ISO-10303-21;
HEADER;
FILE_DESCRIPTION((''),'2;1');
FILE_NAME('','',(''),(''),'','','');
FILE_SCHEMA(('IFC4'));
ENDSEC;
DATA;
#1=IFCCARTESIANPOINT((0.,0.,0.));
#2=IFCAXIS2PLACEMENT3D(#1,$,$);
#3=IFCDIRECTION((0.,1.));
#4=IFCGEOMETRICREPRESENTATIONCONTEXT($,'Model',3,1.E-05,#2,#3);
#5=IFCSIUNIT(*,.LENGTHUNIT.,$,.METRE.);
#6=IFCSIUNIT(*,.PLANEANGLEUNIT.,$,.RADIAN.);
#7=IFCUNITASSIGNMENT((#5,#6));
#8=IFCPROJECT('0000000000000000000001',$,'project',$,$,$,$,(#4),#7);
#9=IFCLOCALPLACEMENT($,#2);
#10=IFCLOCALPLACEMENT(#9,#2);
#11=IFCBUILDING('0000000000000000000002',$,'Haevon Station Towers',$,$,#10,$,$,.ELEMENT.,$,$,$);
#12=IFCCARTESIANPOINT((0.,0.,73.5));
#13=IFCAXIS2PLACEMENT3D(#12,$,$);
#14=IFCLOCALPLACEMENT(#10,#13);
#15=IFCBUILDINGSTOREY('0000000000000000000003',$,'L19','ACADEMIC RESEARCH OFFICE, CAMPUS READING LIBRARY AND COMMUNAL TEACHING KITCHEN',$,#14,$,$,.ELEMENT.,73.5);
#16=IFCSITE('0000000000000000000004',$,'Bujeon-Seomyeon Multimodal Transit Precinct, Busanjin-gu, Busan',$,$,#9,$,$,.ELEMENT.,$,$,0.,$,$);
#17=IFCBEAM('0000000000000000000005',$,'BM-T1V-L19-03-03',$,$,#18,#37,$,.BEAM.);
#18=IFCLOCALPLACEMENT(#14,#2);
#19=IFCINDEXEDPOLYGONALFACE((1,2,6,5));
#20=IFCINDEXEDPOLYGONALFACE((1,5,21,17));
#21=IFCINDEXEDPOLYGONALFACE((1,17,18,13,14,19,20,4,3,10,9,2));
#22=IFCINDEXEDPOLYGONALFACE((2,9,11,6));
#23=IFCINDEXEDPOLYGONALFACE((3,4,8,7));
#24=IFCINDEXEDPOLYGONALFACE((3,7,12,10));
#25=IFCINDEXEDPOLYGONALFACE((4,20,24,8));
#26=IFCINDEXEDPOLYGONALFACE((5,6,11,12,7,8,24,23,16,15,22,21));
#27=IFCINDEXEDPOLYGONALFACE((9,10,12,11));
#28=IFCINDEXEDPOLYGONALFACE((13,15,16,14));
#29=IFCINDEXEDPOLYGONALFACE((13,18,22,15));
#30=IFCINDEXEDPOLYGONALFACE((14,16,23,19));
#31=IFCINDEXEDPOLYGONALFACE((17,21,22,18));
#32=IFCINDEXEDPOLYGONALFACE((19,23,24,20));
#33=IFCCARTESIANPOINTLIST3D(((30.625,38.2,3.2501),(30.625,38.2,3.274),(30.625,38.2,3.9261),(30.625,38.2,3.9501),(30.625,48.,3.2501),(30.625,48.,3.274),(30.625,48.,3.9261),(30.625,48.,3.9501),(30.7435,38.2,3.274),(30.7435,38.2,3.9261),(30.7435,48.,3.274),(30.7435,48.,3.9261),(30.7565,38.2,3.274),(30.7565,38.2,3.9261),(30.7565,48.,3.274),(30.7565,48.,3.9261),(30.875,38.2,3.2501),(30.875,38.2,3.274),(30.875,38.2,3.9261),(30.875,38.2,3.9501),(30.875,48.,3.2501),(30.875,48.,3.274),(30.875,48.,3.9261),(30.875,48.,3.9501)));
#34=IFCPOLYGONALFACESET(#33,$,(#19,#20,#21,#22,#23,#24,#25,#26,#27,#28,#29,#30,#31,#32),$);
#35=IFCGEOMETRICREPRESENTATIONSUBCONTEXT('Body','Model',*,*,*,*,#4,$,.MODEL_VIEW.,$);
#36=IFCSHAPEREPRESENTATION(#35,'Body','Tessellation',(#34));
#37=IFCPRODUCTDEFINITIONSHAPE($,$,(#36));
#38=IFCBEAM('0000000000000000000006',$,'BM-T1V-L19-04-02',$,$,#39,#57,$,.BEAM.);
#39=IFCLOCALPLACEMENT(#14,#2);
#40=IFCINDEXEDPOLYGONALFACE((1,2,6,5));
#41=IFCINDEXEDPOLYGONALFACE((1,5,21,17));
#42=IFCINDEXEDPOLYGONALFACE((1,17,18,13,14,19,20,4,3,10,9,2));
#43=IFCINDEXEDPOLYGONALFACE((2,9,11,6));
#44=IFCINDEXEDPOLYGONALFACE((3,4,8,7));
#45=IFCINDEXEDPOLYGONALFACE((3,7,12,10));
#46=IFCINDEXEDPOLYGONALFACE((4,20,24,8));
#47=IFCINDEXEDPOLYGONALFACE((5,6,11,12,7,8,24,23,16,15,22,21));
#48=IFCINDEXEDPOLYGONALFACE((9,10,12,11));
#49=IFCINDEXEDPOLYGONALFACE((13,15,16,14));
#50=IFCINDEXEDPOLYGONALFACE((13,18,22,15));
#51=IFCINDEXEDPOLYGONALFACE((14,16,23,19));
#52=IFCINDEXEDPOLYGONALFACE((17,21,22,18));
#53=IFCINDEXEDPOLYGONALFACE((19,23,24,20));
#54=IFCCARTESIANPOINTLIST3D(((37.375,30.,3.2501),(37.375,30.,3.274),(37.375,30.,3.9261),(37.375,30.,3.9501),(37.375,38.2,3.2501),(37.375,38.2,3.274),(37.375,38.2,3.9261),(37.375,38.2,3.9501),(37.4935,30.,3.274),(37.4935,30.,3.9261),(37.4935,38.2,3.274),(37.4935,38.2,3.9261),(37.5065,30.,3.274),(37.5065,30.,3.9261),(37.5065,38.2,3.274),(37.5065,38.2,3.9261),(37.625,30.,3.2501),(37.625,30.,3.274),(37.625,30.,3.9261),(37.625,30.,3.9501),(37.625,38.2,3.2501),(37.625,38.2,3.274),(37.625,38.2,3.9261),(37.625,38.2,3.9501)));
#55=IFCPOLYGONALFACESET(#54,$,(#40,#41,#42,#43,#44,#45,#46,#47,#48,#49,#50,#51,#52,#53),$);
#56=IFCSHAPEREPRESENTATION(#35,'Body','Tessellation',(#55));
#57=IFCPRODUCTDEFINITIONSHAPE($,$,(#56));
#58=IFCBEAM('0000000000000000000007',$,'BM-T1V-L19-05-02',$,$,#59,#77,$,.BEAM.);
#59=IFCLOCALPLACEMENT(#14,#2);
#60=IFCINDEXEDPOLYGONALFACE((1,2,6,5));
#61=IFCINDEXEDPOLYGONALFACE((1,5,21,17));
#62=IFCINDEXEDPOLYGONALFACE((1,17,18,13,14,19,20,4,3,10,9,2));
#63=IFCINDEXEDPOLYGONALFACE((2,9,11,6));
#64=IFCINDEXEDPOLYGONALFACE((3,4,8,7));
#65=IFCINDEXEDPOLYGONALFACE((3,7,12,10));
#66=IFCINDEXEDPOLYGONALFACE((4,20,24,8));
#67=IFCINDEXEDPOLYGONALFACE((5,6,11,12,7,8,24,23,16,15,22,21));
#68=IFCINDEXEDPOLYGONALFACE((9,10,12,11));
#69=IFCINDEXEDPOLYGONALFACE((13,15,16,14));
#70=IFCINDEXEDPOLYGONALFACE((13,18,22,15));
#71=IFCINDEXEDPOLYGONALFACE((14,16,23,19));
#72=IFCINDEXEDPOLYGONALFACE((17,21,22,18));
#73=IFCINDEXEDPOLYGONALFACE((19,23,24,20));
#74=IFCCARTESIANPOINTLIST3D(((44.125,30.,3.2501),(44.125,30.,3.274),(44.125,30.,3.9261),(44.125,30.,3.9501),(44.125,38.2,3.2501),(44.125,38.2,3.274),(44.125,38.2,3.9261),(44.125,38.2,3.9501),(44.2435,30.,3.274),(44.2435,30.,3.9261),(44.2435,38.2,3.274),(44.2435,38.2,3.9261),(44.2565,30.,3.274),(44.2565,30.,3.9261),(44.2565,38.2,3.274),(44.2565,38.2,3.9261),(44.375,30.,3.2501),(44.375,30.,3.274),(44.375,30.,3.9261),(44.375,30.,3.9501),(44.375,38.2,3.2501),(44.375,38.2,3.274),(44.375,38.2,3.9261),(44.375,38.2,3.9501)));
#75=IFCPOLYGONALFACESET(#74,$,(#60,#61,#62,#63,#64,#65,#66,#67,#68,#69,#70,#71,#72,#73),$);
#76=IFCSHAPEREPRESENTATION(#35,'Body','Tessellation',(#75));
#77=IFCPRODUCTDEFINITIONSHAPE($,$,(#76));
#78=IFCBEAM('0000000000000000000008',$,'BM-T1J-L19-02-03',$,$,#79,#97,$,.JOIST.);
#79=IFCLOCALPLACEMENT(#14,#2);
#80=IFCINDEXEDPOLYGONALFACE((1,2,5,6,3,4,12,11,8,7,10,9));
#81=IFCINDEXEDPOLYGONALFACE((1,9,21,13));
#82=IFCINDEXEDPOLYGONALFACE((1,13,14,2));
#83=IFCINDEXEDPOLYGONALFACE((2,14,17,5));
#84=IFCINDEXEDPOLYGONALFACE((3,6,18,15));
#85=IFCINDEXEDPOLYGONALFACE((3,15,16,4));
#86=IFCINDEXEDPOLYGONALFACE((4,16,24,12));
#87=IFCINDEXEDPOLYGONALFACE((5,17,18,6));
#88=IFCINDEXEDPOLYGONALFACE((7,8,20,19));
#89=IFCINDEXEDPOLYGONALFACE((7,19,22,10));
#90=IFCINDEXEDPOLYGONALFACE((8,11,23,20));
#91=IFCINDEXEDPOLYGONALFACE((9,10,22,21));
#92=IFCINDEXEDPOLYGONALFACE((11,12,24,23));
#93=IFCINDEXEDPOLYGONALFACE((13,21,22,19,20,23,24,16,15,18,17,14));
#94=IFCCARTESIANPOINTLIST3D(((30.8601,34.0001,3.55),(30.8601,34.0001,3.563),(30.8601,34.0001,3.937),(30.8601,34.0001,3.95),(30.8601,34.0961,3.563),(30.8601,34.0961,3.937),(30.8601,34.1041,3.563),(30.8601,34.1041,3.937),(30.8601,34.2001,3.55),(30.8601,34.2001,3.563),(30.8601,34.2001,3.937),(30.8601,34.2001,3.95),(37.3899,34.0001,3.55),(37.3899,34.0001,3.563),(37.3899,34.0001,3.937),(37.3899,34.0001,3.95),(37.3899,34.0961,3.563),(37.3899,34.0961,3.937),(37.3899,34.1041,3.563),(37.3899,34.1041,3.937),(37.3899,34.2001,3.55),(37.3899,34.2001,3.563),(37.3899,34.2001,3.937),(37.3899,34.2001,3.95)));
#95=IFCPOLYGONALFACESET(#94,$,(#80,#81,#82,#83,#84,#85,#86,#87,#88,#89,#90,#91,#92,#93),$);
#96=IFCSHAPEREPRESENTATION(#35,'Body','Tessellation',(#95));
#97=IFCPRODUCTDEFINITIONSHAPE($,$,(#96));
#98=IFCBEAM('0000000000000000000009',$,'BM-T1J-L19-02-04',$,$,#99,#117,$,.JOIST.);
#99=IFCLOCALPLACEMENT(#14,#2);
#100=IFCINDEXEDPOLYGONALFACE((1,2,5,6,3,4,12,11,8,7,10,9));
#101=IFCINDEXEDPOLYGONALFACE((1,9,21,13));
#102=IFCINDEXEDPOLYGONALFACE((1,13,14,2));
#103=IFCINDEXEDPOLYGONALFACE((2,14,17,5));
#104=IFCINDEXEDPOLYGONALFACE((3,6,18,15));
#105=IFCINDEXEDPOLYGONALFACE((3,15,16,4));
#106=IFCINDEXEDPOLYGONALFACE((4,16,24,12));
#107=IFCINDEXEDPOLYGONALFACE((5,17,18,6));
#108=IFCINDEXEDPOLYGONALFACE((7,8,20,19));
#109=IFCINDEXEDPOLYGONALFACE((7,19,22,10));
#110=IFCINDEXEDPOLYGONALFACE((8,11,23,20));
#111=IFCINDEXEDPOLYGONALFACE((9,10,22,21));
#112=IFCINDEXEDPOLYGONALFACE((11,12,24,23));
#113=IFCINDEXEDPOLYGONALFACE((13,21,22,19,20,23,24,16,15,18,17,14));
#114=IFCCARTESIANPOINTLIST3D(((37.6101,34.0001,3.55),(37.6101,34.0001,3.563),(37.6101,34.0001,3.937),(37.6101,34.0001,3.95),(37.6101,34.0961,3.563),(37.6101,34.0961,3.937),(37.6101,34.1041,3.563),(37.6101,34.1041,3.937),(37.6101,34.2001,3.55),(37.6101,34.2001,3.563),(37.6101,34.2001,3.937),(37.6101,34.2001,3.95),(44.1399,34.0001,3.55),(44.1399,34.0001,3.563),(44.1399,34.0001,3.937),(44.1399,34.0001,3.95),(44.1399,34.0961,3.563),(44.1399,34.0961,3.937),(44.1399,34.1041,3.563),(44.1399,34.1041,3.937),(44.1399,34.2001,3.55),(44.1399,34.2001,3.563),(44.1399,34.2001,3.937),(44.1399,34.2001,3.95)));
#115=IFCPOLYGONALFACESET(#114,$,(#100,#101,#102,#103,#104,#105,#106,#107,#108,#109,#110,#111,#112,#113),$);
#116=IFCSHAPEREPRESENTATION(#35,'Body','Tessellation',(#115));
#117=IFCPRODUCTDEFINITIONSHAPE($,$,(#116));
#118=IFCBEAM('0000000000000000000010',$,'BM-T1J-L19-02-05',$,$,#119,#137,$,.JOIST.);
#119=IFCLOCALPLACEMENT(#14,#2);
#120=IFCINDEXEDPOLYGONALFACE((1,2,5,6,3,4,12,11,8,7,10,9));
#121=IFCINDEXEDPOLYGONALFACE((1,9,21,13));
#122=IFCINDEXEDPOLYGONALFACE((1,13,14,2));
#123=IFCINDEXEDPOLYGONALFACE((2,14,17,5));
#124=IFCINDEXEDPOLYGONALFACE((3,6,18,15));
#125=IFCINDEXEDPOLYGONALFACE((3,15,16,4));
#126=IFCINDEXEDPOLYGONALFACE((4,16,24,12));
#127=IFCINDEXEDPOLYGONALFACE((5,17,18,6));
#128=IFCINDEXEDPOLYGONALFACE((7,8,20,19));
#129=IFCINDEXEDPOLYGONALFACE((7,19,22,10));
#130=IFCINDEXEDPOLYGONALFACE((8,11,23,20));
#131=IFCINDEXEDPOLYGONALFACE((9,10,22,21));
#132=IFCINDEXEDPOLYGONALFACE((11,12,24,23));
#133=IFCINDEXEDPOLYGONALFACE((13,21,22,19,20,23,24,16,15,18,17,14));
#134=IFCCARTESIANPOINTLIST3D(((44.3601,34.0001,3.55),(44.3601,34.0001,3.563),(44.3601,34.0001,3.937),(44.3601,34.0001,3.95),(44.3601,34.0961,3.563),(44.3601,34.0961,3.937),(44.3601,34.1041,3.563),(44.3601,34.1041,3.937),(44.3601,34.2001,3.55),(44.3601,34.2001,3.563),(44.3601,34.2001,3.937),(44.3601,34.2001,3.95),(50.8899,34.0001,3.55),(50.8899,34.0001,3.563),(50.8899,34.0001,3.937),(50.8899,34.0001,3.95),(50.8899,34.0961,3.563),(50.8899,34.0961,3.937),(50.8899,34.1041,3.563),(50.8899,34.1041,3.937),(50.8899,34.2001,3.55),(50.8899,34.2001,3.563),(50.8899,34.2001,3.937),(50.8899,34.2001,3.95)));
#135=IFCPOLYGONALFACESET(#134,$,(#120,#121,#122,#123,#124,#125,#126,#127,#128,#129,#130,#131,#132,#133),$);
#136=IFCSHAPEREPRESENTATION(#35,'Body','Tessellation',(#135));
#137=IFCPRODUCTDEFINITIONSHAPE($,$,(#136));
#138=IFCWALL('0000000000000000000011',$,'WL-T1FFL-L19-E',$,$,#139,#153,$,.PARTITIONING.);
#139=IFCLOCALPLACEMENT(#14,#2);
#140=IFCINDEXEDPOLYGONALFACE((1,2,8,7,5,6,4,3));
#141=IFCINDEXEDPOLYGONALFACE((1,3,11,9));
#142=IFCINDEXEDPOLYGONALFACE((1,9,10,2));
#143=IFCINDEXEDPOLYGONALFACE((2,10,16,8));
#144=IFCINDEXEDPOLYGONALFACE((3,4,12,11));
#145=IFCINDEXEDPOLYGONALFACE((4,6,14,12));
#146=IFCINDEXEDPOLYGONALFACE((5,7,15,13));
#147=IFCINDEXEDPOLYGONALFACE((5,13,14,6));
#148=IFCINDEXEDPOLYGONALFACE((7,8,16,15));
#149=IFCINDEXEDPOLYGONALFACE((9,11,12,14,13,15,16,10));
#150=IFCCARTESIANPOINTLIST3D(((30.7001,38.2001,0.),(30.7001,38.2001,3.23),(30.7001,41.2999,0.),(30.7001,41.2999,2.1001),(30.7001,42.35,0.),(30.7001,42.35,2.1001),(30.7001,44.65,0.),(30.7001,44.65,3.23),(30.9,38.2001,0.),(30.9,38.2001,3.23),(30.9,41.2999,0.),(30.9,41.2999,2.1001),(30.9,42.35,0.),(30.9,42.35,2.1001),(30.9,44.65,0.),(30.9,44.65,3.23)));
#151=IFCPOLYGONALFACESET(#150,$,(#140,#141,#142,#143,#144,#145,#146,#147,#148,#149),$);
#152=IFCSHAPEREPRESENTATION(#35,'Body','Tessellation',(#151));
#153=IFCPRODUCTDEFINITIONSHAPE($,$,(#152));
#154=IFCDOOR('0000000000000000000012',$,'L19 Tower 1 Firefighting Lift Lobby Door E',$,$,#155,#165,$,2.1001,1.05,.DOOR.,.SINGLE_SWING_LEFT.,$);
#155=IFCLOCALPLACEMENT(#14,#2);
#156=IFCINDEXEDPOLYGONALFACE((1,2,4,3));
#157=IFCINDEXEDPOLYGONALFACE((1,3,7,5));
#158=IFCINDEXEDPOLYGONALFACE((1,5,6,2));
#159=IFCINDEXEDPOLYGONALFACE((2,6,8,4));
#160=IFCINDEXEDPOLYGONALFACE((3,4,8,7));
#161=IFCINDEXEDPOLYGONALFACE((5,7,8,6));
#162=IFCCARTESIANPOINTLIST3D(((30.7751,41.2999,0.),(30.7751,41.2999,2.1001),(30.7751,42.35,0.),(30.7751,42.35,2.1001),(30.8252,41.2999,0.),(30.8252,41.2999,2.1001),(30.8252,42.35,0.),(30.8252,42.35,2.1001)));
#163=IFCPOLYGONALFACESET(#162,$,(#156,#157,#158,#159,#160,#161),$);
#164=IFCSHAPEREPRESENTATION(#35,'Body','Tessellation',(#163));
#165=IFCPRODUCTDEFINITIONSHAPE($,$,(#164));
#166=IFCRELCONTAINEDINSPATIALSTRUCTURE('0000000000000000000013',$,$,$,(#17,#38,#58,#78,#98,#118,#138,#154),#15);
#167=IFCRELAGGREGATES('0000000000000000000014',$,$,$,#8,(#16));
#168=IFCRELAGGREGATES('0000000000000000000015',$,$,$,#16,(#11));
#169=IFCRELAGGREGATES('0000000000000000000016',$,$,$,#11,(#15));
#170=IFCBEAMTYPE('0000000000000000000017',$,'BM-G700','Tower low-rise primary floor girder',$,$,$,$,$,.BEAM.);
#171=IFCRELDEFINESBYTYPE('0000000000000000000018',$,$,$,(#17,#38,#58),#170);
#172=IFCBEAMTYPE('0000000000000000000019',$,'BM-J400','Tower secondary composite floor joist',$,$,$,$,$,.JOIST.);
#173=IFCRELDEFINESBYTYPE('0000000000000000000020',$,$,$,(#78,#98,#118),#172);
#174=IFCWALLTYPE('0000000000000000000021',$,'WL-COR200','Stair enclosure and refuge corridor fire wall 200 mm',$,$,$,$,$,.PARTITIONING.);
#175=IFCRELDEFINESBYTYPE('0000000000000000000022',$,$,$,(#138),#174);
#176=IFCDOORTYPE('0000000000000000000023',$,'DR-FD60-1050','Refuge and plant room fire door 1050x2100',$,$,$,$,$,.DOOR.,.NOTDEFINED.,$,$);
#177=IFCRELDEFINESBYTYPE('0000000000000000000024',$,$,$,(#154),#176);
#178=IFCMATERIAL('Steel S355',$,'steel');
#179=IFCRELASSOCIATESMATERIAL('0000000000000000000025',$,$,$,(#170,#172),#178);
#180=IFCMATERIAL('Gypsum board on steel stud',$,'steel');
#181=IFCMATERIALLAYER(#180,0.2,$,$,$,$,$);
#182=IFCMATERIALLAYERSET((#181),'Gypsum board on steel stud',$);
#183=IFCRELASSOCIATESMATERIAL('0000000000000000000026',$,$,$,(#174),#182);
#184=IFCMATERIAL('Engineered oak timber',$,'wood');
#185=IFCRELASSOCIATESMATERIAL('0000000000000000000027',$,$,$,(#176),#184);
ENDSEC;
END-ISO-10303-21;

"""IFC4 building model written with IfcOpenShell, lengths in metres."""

from ifc_helpers import new_model, si_unit, direction, frame, frame_2d, origin, origin_2d, place, context, subcontext, project, spatial, rectangle, i_section, extrude, material, layer, layer_set, material_profile, profile_set, type_object, element, fill, save


model = new_model("IFC4")

# Units and contexts
model_context = context("Model", 3, precision=1e-05, world=origin(), true_north=direction((0.0, 1.0)))
body_context = subcontext(model_context, "Body", "Model", "MODEL_VIEW")
ifc_project = project(units=[si_unit("LENGTHUNIT", "METRE"), si_unit("PLANEANGLEUNIT", "RADIAN")], contexts=[model_context])

# Site, building, storey
site_placement = place(None, origin())
site = spatial("IfcSite", under=ifc_project, at=site_placement, Name="Bujeon-Seomyeon Multimodal Transit Precinct, Busanjin-gu, Busan", CompositionType="ELEMENT", RefElevation=0.0)
building_placement = place(site_placement, origin())
building = spatial("IfcBuilding", under=site, at=building_placement, Name="Haevon Station Towers", CompositionType="ELEMENT")
storey_placement = place(building_placement, frame((0.0, 0.0, 73.5)))
storey = spatial("IfcBuildingStorey", under=building, at=storey_placement, Name="L19", Description="ACADEMIC RESEARCH OFFICE, CAMPUS READING LIBRARY AND COMMUNAL TEACHING KITCHEN", CompositionType="ELEMENT", Elevation=73.5)

# Beams
ifc_material_1 = material(Name="Steel S355", Category="steel")
ifc_material_profile_1 = material_profile(ifc_material_1, i_section(OverallWidth=0.25, OverallDepth=0.7, WebThickness=0.0129, FlangeThickness=0.0239, at=origin_2d()), Name="H-700x250x13x24")
ifc_profile_set_1 = profile_set([ifc_material_profile_1], Name="Steel S355")
beam_type_1 = type_object("IfcBeamType", Name="BM-G700", Description="Tower low-rise primary floor girder", PredefinedType="BEAM", material=ifc_profile_set_1)
beam_1_placement = place(storey_placement, frame((30.75, 38.2, 3.6001), z_axis=(0.0, 1.0, 0.0), x_axis=(-1.0, 0.0, 0.0)))
element("IfcBeam", 1, at=beam_1_placement, inside=storey, type_object=beam_type_1, Name="BM-T1V-L19-03-03", PredefinedType="BEAM", context=body_context, shape_type="SweptSolid", body=[
    extrude(i_section(OverallWidth=0.25, OverallDepth=0.7, WebThickness=0.0129, FlangeThickness=0.0239, at=origin_2d()), origin(), (0.0, 0.0, 1.0), 9.8),
])
for number, where, z_axis, x_axis, name in (
    (2, (37.5, 30.0, 3.6001), (0.0, 1.0, 0.0), (-1.0, 0.0, 0.0), "BM-T1V-L19-04-02"),
    (3, (44.25, 30.0, 3.6001), (0.0, 1.0, 0.0), (-1.0, 0.0, 0.0), "BM-T1V-L19-05-02"),
):
    element("IfcBeam", number, at=place(storey_placement, frame(where, z_axis=z_axis, x_axis=x_axis)), inside=storey, type_object=beam_type_1, Name=name, PredefinedType="BEAM", context=body_context, shape_type="SweptSolid", body=[
        extrude(i_section(OverallWidth=0.25, OverallDepth=0.7, WebThickness=0.0129, FlangeThickness=0.0239, at=origin_2d()), origin(), (0.0, 0.0, 1.0), 8.2),
    ])
ifc_material_profile_2 = material_profile(ifc_material_1, i_section(OverallWidth=0.2, OverallDepth=0.3999, WebThickness=0.0081, FlangeThickness=0.0129, at=origin_2d()), Name="H-400x200x8x13")
ifc_profile_set_2 = profile_set([ifc_material_profile_2], Name="Steel S355")
beam_type_2 = type_object("IfcBeamType", Name="BM-J400", Description="Tower secondary composite floor joist", PredefinedType="JOIST", material=ifc_profile_set_2)
for number, where, z_axis, x_axis, name in (
    (4, (30.8601, 34.1001, 3.75), (1.0, 0.0, 0.0), (0.0, 1.0, 0.0), "BM-T1J-L19-02-03"),
    (5, (37.6101, 34.1001, 3.75), (1.0, 0.0, 0.0), (0.0, 1.0, 0.0), "BM-T1J-L19-02-04"),
    (6, (44.3601, 34.1001, 3.75), (1.0, 0.0, 0.0), (0.0, 1.0, 0.0), "BM-T1J-L19-02-05"),
):
    element("IfcBeam", number, at=place(storey_placement, frame(where, z_axis=z_axis, x_axis=x_axis)), inside=storey, type_object=beam_type_2, Name=name, PredefinedType="JOIST", context=body_context, shape_type="SweptSolid", body=[
        extrude(i_section(OverallWidth=0.2, OverallDepth=0.3999, WebThickness=0.0081, FlangeThickness=0.0129, at=origin_2d()), origin(), (0.0, 0.0, 1.0), 6.5298),
    ])

# Wall, opening, door
ifc_material_2 = material(Name="Gypsum board on steel stud", Category="steel")
ifc_layer_1 = layer(ifc_material_2, 0.2)
ifc_layer_set_1 = layer_set([ifc_layer_1], Name="Gypsum board on steel stud")
wall_type_1 = type_object("IfcWallType", Name="WL-COR200", Description="Stair enclosure and refuge corridor fire wall 200 mm", PredefinedType="PARTITIONING", material=ifc_layer_set_1)
wall_1_placement = place(storey_placement, frame((30.8, 38.2, 0.0), z_axis=(0.0, 0.0, 1.0), x_axis=(0.0, 1.0, 0.0)))
wall_1 = element("IfcWall", 7, at=wall_1_placement, inside=storey, type_object=wall_type_1, Name="WL-T1FFL-L19-E", PredefinedType="PARTITIONING", context=body_context, shape_type="SweptSolid", body=[
    extrude(rectangle(XDim=6.45, YDim=0.2, at=frame_2d((3.2251, 0.0))), origin(), (0.0, 0.0, 1.0), 3.23),
])
opening_1_placement = place(wall_1_placement, frame((3.1001, 0.0, 0.0)))
opening_1 = element("IfcOpeningElement", 8, at=opening_1_placement, cuts=wall_1, PredefinedType="OPENING", context=body_context, shape_type="SweptSolid", body=[
    extrude(rectangle(XDim=1.05, YDim=2.1001, at=frame_2d((0.5249, 1.05))), frame((0.0, 0.1099, 0.0), z_axis=(0.0, -1.0, 0.0), x_axis=(1.0, 0.0, 0.0)), (0.0, 0.0, 1.0), 0.22),
])
ifc_material_3 = material(Name="Engineered oak timber", Category="wood")
door_type_1 = type_object("IfcDoorType", Name="DR-FD60-1050", Description="Refuge and plant room fire door 1050x2100", OperationType="NOTDEFINED", PredefinedType="DOOR", material=ifc_material_3)
door_1_placement = place(opening_1_placement, origin())
door_1 = element("IfcDoor", 9, at=door_1_placement, inside=storey, type_object=door_type_1, Name="L19 Tower 1 Firefighting Lift Lobby Door E", OperationType="SINGLE_SWING_LEFT", OverallHeight=2.1001, OverallWidth=1.05, PredefinedType="DOOR", context=body_context, shape_type="SweptSolid", body=[
    extrude(rectangle(XDim=1.05, YDim=2.1001, at=frame_2d((0.5249, 1.05))), frame((0.0, 0.0249, 0.0), z_axis=(0.0, -1.0, 0.0), x_axis=(1.0, 0.0, 0.0)), (0.0, 0.0, 1.0), 0.05),
])
fill(opening_1, door_1)

save(model, "model.ifc")
